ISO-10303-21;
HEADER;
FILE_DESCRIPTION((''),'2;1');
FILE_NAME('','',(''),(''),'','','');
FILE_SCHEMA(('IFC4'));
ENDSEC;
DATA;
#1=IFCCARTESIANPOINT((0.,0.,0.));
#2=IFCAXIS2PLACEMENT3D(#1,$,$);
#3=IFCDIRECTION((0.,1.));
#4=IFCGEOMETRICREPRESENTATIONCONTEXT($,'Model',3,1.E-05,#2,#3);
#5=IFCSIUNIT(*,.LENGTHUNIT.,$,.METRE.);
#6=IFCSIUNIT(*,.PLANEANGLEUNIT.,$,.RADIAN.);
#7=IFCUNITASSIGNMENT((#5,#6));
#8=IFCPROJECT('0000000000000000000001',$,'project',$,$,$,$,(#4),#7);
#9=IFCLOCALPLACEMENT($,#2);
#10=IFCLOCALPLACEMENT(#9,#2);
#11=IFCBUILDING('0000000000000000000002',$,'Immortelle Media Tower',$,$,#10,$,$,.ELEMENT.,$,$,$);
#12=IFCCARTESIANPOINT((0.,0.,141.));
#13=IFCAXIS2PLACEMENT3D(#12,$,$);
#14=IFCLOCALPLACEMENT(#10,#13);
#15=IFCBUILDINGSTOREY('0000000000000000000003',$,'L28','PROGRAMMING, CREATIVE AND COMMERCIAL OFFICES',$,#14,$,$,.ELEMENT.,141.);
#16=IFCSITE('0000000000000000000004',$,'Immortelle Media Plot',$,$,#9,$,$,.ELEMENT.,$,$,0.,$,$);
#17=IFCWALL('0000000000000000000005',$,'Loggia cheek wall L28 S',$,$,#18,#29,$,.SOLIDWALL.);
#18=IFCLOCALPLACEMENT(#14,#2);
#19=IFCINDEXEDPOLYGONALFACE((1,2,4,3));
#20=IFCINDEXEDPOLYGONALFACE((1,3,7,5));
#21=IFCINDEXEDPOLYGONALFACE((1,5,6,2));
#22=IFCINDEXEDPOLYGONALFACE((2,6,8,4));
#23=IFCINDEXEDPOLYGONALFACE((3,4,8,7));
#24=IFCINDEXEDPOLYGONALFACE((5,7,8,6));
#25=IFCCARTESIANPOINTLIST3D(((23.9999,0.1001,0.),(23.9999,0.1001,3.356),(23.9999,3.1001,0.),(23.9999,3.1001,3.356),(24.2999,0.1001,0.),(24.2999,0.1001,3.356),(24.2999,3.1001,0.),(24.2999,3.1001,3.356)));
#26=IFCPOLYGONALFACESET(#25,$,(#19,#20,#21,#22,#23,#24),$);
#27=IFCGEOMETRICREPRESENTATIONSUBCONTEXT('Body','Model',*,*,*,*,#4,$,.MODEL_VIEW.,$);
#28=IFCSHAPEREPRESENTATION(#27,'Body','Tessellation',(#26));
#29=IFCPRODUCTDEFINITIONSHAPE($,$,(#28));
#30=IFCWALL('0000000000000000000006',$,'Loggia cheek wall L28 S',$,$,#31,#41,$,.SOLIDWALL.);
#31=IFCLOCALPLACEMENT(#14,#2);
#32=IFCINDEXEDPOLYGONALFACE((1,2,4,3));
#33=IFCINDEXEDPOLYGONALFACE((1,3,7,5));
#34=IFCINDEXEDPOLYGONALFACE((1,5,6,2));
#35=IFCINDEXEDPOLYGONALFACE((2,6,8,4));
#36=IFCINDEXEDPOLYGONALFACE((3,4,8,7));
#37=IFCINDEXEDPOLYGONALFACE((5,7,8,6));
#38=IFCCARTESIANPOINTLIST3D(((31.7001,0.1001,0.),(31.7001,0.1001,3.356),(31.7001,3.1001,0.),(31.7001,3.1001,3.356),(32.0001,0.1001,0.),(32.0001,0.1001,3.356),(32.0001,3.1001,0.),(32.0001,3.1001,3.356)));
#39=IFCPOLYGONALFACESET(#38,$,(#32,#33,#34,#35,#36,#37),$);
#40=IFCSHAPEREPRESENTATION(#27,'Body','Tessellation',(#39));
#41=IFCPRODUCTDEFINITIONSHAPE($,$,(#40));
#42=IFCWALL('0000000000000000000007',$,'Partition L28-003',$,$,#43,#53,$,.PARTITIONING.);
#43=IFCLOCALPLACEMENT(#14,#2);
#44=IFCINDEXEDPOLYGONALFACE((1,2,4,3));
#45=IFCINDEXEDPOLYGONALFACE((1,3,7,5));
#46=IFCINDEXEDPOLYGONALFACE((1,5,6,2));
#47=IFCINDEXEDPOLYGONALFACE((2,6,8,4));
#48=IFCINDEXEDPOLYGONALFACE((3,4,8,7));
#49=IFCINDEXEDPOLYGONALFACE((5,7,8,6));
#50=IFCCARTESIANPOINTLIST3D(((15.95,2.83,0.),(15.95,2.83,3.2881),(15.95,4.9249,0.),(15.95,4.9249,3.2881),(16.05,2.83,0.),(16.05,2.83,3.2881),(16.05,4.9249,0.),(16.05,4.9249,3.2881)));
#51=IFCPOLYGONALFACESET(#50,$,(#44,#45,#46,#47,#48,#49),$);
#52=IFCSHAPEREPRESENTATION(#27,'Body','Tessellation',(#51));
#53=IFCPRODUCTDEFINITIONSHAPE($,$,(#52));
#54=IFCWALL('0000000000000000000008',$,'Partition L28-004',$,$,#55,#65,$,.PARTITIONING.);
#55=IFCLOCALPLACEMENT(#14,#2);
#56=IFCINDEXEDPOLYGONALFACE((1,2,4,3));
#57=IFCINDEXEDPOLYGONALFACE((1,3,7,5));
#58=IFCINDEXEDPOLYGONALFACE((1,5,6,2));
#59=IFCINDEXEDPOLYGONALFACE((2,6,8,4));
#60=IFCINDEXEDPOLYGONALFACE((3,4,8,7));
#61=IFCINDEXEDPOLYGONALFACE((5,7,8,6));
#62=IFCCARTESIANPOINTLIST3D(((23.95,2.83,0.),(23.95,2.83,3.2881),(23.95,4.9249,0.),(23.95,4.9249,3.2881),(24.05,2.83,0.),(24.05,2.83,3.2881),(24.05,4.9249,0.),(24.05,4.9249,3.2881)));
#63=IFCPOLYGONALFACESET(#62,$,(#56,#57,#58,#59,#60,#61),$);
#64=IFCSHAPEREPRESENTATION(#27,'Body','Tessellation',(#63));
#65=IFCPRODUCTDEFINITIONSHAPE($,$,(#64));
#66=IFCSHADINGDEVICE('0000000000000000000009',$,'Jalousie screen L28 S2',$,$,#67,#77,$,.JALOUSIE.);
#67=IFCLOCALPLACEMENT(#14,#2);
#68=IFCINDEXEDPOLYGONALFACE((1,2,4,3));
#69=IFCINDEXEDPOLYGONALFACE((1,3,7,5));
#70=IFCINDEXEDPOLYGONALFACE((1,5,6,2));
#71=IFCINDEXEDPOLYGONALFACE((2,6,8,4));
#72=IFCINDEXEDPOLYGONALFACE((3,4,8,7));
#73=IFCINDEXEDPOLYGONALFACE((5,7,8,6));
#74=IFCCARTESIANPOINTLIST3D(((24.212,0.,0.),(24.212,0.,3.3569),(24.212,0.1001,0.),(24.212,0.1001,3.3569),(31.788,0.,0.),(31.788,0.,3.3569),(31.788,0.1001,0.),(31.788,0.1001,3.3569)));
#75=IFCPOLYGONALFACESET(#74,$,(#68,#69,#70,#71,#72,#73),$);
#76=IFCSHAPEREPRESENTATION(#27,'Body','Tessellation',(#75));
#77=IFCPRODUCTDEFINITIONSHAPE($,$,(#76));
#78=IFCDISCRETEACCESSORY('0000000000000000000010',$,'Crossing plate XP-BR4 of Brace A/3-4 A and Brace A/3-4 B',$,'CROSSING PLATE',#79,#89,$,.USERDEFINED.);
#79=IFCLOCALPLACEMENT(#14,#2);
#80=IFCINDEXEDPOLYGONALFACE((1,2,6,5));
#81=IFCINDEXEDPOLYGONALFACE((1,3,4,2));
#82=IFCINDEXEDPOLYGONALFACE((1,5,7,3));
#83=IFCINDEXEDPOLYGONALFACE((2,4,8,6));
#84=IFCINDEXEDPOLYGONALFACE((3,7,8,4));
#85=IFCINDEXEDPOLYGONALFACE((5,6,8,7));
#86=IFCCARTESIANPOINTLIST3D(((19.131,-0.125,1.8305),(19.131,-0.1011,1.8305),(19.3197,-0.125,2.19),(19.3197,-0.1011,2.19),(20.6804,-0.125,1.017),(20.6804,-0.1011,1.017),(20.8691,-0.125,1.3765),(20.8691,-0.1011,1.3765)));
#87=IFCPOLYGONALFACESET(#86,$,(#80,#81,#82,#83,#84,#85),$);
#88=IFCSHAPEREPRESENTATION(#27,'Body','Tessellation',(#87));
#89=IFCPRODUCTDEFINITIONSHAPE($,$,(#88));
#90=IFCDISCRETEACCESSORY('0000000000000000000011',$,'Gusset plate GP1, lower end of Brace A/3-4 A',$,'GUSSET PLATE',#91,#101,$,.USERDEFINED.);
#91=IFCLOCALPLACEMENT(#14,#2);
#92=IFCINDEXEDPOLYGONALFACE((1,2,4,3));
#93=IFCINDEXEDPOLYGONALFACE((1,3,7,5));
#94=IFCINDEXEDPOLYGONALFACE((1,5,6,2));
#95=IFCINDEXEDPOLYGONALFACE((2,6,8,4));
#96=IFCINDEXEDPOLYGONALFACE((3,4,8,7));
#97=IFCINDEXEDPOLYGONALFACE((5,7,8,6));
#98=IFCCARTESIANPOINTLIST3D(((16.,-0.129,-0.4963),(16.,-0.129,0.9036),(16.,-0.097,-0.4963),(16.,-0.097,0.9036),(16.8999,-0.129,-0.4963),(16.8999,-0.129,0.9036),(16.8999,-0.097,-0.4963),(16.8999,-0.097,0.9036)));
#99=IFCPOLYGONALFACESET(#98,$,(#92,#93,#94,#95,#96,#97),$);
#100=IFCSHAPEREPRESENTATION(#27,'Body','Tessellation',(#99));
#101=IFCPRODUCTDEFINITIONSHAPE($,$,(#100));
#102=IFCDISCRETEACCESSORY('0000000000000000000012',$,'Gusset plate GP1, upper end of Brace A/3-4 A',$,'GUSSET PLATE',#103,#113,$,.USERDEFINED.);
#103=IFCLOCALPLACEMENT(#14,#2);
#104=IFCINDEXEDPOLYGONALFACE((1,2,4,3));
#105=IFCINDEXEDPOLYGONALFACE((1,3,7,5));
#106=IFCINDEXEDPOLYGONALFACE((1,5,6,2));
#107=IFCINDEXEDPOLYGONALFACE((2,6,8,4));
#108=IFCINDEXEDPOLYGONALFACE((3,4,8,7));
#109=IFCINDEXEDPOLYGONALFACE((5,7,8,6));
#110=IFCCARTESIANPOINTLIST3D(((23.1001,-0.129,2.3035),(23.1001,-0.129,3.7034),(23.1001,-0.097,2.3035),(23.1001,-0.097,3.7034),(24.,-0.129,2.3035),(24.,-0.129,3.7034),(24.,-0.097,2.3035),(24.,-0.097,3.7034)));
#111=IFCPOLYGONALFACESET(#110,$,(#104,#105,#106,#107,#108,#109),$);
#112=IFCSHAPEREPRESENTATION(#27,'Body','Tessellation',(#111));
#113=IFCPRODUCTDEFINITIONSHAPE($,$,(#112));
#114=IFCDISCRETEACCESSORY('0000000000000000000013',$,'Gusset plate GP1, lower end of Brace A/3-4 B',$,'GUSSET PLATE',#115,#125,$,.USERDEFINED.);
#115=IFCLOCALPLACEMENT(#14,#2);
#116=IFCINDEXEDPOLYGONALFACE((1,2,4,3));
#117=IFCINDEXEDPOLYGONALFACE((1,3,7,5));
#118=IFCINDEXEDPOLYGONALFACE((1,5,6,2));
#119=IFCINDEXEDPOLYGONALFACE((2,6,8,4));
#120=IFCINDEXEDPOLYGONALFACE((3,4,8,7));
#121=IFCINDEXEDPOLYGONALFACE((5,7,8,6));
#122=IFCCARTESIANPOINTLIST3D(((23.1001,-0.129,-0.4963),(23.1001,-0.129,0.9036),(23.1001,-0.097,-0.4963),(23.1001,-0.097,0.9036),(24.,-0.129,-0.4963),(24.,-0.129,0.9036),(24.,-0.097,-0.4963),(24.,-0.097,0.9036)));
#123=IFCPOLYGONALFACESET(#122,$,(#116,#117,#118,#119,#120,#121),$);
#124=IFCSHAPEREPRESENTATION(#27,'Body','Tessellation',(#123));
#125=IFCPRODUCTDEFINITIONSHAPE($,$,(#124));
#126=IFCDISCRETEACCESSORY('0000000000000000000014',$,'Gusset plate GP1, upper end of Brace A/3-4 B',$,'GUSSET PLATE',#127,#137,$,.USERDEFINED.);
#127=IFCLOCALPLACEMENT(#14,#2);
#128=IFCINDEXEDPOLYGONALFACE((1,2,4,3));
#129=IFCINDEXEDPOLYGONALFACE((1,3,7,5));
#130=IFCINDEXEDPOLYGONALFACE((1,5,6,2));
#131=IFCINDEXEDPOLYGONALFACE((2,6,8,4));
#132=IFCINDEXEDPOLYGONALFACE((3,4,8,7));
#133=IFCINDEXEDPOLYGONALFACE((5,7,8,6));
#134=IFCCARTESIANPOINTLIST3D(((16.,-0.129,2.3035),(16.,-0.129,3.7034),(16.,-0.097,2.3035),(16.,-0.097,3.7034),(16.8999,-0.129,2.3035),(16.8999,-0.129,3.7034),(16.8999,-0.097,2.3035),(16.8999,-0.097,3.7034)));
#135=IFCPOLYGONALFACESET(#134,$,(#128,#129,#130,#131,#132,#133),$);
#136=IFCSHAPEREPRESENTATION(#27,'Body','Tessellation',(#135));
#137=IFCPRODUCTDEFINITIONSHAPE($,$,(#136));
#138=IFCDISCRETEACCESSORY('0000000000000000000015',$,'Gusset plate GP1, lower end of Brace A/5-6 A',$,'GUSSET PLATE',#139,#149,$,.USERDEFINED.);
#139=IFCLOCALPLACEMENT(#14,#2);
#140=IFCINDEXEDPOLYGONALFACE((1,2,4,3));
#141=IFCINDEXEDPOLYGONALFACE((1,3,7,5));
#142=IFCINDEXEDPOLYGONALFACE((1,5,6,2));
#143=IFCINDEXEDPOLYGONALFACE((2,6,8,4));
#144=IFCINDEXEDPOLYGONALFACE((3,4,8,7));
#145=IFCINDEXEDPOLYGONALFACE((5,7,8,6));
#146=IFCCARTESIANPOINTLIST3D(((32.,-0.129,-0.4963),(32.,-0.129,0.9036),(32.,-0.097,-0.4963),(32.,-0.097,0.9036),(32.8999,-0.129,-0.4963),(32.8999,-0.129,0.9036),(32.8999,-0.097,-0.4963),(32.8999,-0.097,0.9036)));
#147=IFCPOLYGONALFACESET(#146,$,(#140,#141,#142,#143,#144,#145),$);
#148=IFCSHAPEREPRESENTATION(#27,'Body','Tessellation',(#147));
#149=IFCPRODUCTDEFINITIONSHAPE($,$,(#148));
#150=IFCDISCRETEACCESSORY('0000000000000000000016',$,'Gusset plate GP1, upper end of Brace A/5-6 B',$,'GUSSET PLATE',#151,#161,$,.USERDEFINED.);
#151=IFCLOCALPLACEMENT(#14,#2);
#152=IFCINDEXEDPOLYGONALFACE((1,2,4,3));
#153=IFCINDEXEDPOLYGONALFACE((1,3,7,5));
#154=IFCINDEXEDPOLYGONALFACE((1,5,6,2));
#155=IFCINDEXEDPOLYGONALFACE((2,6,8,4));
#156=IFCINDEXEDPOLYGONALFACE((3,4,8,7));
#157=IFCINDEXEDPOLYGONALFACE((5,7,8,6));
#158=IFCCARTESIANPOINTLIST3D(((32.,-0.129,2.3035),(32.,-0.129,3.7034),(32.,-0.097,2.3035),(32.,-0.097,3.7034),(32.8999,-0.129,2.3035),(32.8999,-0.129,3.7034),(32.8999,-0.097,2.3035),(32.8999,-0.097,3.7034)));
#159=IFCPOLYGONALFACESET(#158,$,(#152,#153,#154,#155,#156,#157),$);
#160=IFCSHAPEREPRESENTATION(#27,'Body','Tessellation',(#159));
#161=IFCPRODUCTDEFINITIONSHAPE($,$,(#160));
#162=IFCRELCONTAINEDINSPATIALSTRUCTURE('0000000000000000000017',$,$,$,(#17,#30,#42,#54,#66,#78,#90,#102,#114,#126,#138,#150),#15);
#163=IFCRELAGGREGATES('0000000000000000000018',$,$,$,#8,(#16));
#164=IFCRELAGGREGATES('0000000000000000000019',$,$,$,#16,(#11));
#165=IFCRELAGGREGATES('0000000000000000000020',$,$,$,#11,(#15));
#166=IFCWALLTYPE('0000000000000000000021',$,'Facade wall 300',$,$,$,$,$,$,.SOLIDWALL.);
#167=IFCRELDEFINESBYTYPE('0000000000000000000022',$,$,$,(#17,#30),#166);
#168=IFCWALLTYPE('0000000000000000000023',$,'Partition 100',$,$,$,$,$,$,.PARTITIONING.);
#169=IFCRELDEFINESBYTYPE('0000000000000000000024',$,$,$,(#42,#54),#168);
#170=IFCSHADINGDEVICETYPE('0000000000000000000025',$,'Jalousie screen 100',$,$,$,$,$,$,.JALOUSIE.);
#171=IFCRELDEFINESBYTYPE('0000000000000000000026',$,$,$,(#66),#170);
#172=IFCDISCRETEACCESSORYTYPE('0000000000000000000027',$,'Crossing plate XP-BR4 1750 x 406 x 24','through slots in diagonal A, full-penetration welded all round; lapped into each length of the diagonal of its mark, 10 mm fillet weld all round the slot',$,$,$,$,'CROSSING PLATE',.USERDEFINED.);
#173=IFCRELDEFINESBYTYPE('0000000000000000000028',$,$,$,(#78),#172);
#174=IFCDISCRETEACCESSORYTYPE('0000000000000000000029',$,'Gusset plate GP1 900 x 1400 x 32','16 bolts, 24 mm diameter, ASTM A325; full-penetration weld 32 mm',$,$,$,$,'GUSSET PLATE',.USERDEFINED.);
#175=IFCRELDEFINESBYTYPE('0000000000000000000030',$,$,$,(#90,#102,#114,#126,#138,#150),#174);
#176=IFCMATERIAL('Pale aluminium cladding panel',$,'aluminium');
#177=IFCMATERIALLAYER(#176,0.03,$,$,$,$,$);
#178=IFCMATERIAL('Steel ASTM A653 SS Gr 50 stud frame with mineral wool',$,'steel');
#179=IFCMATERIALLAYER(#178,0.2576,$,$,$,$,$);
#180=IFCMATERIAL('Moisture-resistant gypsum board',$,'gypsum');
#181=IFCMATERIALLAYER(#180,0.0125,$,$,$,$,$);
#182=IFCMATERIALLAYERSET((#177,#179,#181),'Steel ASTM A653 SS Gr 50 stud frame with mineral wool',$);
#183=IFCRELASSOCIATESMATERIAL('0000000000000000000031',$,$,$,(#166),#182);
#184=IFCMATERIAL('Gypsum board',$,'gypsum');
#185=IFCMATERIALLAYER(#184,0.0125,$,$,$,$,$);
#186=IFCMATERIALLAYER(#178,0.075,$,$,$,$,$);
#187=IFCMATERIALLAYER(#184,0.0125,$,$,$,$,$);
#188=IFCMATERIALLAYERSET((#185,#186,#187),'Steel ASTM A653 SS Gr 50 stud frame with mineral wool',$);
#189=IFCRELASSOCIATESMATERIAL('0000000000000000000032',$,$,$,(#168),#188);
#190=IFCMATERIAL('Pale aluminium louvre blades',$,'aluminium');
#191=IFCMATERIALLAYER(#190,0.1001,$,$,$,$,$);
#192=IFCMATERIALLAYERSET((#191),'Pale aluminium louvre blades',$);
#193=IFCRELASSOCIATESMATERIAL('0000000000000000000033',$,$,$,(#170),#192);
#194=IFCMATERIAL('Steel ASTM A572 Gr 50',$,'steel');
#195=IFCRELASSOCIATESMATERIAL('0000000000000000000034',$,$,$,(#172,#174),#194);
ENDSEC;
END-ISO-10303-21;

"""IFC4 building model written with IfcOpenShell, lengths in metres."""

from ifc_helpers import new_model, si_unit, direction, frame, frame_2d, origin, origin_2d, place, context, subcontext, project, spatial, rectangle, extrude, material, layer, layer_set, material_profile, profile_set, type_object, element, save


model = new_model("IFC4")

# Units and contexts
model_context = context("Model", 3, precision=1e-05, world=origin(), true_north=direction((0.0, 1.0)))
body_context = subcontext(model_context, "Body", "Model", "MODEL_VIEW")
ifc_project = project(units=[si_unit("LENGTHUNIT", "METRE"), si_unit("PLANEANGLEUNIT", "RADIAN")], contexts=[model_context])

# Site, building, storey
site_placement = place(None, origin())
site = spatial("IfcSite", under=ifc_project, at=site_placement, Name="Immortelle Media Plot", CompositionType="ELEMENT", RefElevation=0.0)
building_placement = place(site_placement, origin())
building = spatial("IfcBuilding", under=site, at=building_placement, Name="Immortelle Media Tower", CompositionType="ELEMENT")
storey_placement = place(building_placement, frame((0.0, 0.0, 141.0)))
storey = spatial("IfcBuildingStorey", under=building, at=storey_placement, Name="L28", Description="PROGRAMMING, CREATIVE AND COMMERCIAL OFFICES", CompositionType="ELEMENT", Elevation=141.0)

# Shared definitions
ifc_material_1 = material(Name="Pale aluminium cladding panel", Category="aluminium")
ifc_layer_1 = layer(ifc_material_1, 0.03)
ifc_material_2 = material(Name="Steel ASTM A653 SS Gr 50 stud frame with mineral wool", Category="steel")
ifc_layer_2 = layer(ifc_material_2, 0.2576)
ifc_material_3 = material(Name="Moisture-resistant gypsum board", Category="gypsum")
ifc_layer_3 = layer(ifc_material_3, 0.0125)
ifc_layer_set_1 = layer_set([ifc_layer_1, ifc_layer_2, ifc_layer_3], Name="Steel ASTM A653 SS Gr 50 stud frame with mineral wool")
wall_type_1 = type_object("IfcWallType", Name="Facade wall 300", PredefinedType="SOLIDWALL", material=ifc_layer_set_1)

# Walls
for number, where, z_axis, x_axis, name in (
    (1, (24.1499, 0.1001, 0.0), (0.0, 0.0, 1.0), (0.0, 1.0, 0.0), "Loggia cheek wall L28 S"),
    (2, (31.8501, 0.1001, 0.0), (0.0, 0.0, 1.0), (0.0, 1.0, 0.0), "Loggia cheek wall L28 S"),
):
    element("IfcWall", number, at=place(storey_placement, frame(where, z_axis=z_axis, x_axis=x_axis)), inside=storey, type_object=wall_type_1, Name=name, PredefinedType="SOLIDWALL", context=body_context, shape_type="SweptSolid", body=[
        extrude(rectangle(XDim=3.0, YDim=0.3, at=frame_2d((1.5, 0.0))), origin(), (0.0, 0.0, 1.0), 3.356),
    ])
ifc_material_4 = material(Name="Gypsum board", Category="gypsum")
ifc_layer_4 = layer(ifc_material_4, 0.0125)
ifc_layer_5 = layer(ifc_material_2, 0.075)
ifc_layer_6 = layer(ifc_material_4, 0.0125)
ifc_layer_set_2 = layer_set([ifc_layer_4, ifc_layer_5, ifc_layer_6], Name="Steel ASTM A653 SS Gr 50 stud frame with mineral wool")
wall_type_2 = type_object("IfcWallType", Name="Partition 100", PredefinedType="PARTITIONING", material=ifc_layer_set_2)
for number, where, z_axis, x_axis, name in (
    (3, (16.0, 2.8301, 0.0), (0.0, 0.0, 1.0), (0.0, 1.0, 0.0), "Partition L28-003"),
    (4, (24.0, 2.8301, 0.0), (0.0, 0.0, 1.0), (0.0, 1.0, 0.0), "Partition L28-004"),
):
    element("IfcWall", number, at=place(storey_placement, frame(where, z_axis=z_axis, x_axis=x_axis)), inside=storey, type_object=wall_type_2, Name=name, PredefinedType="PARTITIONING", context=body_context, shape_type="SweptSolid", body=[
        extrude(rectangle(XDim=2.095, YDim=0.1001, at=frame_2d((1.0474, 0.0))), origin(), (0.0, 0.0, 1.0), 3.2881),
    ])

# Shading device
ifc_material_5 = material(Name="Pale aluminium louvre blades", Category="aluminium")
ifc_layer_7 = layer(ifc_material_5, 0.1001)
ifc_layer_set_3 = layer_set([ifc_layer_7], Name="Pale aluminium louvre blades")
shading_device_type = type_object("IfcShadingDeviceType", Name="Jalousie screen 100", PredefinedType="JALOUSIE", material=ifc_layer_set_3)
shading_device_placement = place(storey_placement, frame((28.0, 0.05, 0.0), z_axis=(0.0, 0.0, 1.0), x_axis=(1.0, 0.0, 0.0)))
element("IfcShadingDevice", 5, at=shading_device_placement, inside=storey, type_object=shading_device_type, Name="Jalousie screen L28 S2", PredefinedType="JALOUSIE", context=body_context, shape_type="SweptSolid", body=[
    extrude(rectangle(XDim=7.5759, YDim=0.1001, at=origin_2d()), origin(), (0.0, 0.0, 1.0), 3.3569),
])

# Discrete accessories
ifc_material_6 = material(Name="Steel ASTM A572 Gr 50", Category="steel")
ifc_material_profile_1 = material_profile(ifc_material_6, rectangle(XDim=0.0239, YDim=0.406, at=origin_2d()), Name="PL 24 x 406")
ifc_profile_set_1 = profile_set([ifc_material_profile_1], Name="Steel ASTM A572 Gr 50")
discrete_accessory_type_1 = type_object("IfcDiscreteAccessoryType", Name="Crossing plate XP-BR4 1750 x 406 x 24", Description="through slots in diagonal A, full-penetration welded all round; lapped into each length of the diagonal of its mark, 10 mm fillet weld all round the slot", ElementType="CROSSING PLATE", PredefinedType="USERDEFINED", material=ifc_profile_set_1)
discrete_accessory_placement = place(storey_placement, frame((19.2253, -0.113, 2.0103), z_axis=(0.885378, 0.0, -0.464872), x_axis=(0.0, 1.0, 0.0)))
element("IfcDiscreteAccessory", 6, at=discrete_accessory_placement, inside=storey, type_object=discrete_accessory_type_1, Name="Crossing plate XP-BR4 of Brace A/3-4 A and Brace A/3-4 B", ObjectType="CROSSING PLATE", PredefinedType="USERDEFINED", context=body_context, shape_type="SweptSolid", body=[
    extrude(rectangle(XDim=0.0239, YDim=0.406, at=origin_2d()), origin(), (0.0, 0.0, 1.0), 1.75),
])
ifc_material_profile_2 = material_profile(ifc_material_6, rectangle(XDim=0.032, YDim=1.3999, at=origin_2d()), Name="PL 32 x 1400")
ifc_profile_set_2 = profile_set([ifc_material_profile_2], Name="Steel ASTM A572 Gr 50")
discrete_accessory_type_2 = type_object("IfcDiscreteAccessoryType", Name="Gusset plate GP1 900 x 1400 x 32", Description="16 bolts, 24 mm diameter, ASTM A325; full-penetration weld 32 mm", ElementType="GUSSET PLATE", PredefinedType="USERDEFINED", material=ifc_profile_set_2)
for number, where, z_axis, x_axis, name in (
    (7, (16.0, -0.113, 0.2036), (1.0, 0.0, 0.0), (0.0, 1.0, 0.0), "Gusset plate GP1, lower end of Brace A/3-4 A"),
    (8, (24.0, -0.113, 3.0034), (-1.0, 0.0, 0.0), (0.0, -1.0, 0.0), "Gusset plate GP1, upper end of Brace A/3-4 A"),
    (9, (24.0, -0.113, 0.2036), (-1.0, 0.0, 0.0), (0.0, -1.0, 0.0), "Gusset plate GP1, lower end of Brace A/3-4 B"),
    (10, (16.0, -0.113, 3.0034), (1.0, 0.0, 0.0), (0.0, 1.0, 0.0), "Gusset plate GP1, upper end of Brace A/3-4 B"),
    (11, (32.0, -0.113, 0.2036), (1.0, 0.0, 0.0), (0.0, 1.0, 0.0), "Gusset plate GP1, lower end of Brace A/5-6 A"),
    (12, (32.0, -0.113, 3.0034), (1.0, 0.0, 0.0), (0.0, 1.0, 0.0), "Gusset plate GP1, upper end of Brace A/5-6 B"),
):
    element("IfcDiscreteAccessory", number, at=place(storey_placement, frame(where, z_axis=z_axis, x_axis=x_axis)), inside=storey, type_object=discrete_accessory_type_2, Name=name, ObjectType="GUSSET PLATE", PredefinedType="USERDEFINED", context=body_context, shape_type="SweptSolid", body=[
        extrude(rectangle(XDim=0.032, YDim=1.3999, at=origin_2d()), origin(), (0.0, 0.0, 1.0), 0.8999),
    ])

save(model, "model.ifc")
